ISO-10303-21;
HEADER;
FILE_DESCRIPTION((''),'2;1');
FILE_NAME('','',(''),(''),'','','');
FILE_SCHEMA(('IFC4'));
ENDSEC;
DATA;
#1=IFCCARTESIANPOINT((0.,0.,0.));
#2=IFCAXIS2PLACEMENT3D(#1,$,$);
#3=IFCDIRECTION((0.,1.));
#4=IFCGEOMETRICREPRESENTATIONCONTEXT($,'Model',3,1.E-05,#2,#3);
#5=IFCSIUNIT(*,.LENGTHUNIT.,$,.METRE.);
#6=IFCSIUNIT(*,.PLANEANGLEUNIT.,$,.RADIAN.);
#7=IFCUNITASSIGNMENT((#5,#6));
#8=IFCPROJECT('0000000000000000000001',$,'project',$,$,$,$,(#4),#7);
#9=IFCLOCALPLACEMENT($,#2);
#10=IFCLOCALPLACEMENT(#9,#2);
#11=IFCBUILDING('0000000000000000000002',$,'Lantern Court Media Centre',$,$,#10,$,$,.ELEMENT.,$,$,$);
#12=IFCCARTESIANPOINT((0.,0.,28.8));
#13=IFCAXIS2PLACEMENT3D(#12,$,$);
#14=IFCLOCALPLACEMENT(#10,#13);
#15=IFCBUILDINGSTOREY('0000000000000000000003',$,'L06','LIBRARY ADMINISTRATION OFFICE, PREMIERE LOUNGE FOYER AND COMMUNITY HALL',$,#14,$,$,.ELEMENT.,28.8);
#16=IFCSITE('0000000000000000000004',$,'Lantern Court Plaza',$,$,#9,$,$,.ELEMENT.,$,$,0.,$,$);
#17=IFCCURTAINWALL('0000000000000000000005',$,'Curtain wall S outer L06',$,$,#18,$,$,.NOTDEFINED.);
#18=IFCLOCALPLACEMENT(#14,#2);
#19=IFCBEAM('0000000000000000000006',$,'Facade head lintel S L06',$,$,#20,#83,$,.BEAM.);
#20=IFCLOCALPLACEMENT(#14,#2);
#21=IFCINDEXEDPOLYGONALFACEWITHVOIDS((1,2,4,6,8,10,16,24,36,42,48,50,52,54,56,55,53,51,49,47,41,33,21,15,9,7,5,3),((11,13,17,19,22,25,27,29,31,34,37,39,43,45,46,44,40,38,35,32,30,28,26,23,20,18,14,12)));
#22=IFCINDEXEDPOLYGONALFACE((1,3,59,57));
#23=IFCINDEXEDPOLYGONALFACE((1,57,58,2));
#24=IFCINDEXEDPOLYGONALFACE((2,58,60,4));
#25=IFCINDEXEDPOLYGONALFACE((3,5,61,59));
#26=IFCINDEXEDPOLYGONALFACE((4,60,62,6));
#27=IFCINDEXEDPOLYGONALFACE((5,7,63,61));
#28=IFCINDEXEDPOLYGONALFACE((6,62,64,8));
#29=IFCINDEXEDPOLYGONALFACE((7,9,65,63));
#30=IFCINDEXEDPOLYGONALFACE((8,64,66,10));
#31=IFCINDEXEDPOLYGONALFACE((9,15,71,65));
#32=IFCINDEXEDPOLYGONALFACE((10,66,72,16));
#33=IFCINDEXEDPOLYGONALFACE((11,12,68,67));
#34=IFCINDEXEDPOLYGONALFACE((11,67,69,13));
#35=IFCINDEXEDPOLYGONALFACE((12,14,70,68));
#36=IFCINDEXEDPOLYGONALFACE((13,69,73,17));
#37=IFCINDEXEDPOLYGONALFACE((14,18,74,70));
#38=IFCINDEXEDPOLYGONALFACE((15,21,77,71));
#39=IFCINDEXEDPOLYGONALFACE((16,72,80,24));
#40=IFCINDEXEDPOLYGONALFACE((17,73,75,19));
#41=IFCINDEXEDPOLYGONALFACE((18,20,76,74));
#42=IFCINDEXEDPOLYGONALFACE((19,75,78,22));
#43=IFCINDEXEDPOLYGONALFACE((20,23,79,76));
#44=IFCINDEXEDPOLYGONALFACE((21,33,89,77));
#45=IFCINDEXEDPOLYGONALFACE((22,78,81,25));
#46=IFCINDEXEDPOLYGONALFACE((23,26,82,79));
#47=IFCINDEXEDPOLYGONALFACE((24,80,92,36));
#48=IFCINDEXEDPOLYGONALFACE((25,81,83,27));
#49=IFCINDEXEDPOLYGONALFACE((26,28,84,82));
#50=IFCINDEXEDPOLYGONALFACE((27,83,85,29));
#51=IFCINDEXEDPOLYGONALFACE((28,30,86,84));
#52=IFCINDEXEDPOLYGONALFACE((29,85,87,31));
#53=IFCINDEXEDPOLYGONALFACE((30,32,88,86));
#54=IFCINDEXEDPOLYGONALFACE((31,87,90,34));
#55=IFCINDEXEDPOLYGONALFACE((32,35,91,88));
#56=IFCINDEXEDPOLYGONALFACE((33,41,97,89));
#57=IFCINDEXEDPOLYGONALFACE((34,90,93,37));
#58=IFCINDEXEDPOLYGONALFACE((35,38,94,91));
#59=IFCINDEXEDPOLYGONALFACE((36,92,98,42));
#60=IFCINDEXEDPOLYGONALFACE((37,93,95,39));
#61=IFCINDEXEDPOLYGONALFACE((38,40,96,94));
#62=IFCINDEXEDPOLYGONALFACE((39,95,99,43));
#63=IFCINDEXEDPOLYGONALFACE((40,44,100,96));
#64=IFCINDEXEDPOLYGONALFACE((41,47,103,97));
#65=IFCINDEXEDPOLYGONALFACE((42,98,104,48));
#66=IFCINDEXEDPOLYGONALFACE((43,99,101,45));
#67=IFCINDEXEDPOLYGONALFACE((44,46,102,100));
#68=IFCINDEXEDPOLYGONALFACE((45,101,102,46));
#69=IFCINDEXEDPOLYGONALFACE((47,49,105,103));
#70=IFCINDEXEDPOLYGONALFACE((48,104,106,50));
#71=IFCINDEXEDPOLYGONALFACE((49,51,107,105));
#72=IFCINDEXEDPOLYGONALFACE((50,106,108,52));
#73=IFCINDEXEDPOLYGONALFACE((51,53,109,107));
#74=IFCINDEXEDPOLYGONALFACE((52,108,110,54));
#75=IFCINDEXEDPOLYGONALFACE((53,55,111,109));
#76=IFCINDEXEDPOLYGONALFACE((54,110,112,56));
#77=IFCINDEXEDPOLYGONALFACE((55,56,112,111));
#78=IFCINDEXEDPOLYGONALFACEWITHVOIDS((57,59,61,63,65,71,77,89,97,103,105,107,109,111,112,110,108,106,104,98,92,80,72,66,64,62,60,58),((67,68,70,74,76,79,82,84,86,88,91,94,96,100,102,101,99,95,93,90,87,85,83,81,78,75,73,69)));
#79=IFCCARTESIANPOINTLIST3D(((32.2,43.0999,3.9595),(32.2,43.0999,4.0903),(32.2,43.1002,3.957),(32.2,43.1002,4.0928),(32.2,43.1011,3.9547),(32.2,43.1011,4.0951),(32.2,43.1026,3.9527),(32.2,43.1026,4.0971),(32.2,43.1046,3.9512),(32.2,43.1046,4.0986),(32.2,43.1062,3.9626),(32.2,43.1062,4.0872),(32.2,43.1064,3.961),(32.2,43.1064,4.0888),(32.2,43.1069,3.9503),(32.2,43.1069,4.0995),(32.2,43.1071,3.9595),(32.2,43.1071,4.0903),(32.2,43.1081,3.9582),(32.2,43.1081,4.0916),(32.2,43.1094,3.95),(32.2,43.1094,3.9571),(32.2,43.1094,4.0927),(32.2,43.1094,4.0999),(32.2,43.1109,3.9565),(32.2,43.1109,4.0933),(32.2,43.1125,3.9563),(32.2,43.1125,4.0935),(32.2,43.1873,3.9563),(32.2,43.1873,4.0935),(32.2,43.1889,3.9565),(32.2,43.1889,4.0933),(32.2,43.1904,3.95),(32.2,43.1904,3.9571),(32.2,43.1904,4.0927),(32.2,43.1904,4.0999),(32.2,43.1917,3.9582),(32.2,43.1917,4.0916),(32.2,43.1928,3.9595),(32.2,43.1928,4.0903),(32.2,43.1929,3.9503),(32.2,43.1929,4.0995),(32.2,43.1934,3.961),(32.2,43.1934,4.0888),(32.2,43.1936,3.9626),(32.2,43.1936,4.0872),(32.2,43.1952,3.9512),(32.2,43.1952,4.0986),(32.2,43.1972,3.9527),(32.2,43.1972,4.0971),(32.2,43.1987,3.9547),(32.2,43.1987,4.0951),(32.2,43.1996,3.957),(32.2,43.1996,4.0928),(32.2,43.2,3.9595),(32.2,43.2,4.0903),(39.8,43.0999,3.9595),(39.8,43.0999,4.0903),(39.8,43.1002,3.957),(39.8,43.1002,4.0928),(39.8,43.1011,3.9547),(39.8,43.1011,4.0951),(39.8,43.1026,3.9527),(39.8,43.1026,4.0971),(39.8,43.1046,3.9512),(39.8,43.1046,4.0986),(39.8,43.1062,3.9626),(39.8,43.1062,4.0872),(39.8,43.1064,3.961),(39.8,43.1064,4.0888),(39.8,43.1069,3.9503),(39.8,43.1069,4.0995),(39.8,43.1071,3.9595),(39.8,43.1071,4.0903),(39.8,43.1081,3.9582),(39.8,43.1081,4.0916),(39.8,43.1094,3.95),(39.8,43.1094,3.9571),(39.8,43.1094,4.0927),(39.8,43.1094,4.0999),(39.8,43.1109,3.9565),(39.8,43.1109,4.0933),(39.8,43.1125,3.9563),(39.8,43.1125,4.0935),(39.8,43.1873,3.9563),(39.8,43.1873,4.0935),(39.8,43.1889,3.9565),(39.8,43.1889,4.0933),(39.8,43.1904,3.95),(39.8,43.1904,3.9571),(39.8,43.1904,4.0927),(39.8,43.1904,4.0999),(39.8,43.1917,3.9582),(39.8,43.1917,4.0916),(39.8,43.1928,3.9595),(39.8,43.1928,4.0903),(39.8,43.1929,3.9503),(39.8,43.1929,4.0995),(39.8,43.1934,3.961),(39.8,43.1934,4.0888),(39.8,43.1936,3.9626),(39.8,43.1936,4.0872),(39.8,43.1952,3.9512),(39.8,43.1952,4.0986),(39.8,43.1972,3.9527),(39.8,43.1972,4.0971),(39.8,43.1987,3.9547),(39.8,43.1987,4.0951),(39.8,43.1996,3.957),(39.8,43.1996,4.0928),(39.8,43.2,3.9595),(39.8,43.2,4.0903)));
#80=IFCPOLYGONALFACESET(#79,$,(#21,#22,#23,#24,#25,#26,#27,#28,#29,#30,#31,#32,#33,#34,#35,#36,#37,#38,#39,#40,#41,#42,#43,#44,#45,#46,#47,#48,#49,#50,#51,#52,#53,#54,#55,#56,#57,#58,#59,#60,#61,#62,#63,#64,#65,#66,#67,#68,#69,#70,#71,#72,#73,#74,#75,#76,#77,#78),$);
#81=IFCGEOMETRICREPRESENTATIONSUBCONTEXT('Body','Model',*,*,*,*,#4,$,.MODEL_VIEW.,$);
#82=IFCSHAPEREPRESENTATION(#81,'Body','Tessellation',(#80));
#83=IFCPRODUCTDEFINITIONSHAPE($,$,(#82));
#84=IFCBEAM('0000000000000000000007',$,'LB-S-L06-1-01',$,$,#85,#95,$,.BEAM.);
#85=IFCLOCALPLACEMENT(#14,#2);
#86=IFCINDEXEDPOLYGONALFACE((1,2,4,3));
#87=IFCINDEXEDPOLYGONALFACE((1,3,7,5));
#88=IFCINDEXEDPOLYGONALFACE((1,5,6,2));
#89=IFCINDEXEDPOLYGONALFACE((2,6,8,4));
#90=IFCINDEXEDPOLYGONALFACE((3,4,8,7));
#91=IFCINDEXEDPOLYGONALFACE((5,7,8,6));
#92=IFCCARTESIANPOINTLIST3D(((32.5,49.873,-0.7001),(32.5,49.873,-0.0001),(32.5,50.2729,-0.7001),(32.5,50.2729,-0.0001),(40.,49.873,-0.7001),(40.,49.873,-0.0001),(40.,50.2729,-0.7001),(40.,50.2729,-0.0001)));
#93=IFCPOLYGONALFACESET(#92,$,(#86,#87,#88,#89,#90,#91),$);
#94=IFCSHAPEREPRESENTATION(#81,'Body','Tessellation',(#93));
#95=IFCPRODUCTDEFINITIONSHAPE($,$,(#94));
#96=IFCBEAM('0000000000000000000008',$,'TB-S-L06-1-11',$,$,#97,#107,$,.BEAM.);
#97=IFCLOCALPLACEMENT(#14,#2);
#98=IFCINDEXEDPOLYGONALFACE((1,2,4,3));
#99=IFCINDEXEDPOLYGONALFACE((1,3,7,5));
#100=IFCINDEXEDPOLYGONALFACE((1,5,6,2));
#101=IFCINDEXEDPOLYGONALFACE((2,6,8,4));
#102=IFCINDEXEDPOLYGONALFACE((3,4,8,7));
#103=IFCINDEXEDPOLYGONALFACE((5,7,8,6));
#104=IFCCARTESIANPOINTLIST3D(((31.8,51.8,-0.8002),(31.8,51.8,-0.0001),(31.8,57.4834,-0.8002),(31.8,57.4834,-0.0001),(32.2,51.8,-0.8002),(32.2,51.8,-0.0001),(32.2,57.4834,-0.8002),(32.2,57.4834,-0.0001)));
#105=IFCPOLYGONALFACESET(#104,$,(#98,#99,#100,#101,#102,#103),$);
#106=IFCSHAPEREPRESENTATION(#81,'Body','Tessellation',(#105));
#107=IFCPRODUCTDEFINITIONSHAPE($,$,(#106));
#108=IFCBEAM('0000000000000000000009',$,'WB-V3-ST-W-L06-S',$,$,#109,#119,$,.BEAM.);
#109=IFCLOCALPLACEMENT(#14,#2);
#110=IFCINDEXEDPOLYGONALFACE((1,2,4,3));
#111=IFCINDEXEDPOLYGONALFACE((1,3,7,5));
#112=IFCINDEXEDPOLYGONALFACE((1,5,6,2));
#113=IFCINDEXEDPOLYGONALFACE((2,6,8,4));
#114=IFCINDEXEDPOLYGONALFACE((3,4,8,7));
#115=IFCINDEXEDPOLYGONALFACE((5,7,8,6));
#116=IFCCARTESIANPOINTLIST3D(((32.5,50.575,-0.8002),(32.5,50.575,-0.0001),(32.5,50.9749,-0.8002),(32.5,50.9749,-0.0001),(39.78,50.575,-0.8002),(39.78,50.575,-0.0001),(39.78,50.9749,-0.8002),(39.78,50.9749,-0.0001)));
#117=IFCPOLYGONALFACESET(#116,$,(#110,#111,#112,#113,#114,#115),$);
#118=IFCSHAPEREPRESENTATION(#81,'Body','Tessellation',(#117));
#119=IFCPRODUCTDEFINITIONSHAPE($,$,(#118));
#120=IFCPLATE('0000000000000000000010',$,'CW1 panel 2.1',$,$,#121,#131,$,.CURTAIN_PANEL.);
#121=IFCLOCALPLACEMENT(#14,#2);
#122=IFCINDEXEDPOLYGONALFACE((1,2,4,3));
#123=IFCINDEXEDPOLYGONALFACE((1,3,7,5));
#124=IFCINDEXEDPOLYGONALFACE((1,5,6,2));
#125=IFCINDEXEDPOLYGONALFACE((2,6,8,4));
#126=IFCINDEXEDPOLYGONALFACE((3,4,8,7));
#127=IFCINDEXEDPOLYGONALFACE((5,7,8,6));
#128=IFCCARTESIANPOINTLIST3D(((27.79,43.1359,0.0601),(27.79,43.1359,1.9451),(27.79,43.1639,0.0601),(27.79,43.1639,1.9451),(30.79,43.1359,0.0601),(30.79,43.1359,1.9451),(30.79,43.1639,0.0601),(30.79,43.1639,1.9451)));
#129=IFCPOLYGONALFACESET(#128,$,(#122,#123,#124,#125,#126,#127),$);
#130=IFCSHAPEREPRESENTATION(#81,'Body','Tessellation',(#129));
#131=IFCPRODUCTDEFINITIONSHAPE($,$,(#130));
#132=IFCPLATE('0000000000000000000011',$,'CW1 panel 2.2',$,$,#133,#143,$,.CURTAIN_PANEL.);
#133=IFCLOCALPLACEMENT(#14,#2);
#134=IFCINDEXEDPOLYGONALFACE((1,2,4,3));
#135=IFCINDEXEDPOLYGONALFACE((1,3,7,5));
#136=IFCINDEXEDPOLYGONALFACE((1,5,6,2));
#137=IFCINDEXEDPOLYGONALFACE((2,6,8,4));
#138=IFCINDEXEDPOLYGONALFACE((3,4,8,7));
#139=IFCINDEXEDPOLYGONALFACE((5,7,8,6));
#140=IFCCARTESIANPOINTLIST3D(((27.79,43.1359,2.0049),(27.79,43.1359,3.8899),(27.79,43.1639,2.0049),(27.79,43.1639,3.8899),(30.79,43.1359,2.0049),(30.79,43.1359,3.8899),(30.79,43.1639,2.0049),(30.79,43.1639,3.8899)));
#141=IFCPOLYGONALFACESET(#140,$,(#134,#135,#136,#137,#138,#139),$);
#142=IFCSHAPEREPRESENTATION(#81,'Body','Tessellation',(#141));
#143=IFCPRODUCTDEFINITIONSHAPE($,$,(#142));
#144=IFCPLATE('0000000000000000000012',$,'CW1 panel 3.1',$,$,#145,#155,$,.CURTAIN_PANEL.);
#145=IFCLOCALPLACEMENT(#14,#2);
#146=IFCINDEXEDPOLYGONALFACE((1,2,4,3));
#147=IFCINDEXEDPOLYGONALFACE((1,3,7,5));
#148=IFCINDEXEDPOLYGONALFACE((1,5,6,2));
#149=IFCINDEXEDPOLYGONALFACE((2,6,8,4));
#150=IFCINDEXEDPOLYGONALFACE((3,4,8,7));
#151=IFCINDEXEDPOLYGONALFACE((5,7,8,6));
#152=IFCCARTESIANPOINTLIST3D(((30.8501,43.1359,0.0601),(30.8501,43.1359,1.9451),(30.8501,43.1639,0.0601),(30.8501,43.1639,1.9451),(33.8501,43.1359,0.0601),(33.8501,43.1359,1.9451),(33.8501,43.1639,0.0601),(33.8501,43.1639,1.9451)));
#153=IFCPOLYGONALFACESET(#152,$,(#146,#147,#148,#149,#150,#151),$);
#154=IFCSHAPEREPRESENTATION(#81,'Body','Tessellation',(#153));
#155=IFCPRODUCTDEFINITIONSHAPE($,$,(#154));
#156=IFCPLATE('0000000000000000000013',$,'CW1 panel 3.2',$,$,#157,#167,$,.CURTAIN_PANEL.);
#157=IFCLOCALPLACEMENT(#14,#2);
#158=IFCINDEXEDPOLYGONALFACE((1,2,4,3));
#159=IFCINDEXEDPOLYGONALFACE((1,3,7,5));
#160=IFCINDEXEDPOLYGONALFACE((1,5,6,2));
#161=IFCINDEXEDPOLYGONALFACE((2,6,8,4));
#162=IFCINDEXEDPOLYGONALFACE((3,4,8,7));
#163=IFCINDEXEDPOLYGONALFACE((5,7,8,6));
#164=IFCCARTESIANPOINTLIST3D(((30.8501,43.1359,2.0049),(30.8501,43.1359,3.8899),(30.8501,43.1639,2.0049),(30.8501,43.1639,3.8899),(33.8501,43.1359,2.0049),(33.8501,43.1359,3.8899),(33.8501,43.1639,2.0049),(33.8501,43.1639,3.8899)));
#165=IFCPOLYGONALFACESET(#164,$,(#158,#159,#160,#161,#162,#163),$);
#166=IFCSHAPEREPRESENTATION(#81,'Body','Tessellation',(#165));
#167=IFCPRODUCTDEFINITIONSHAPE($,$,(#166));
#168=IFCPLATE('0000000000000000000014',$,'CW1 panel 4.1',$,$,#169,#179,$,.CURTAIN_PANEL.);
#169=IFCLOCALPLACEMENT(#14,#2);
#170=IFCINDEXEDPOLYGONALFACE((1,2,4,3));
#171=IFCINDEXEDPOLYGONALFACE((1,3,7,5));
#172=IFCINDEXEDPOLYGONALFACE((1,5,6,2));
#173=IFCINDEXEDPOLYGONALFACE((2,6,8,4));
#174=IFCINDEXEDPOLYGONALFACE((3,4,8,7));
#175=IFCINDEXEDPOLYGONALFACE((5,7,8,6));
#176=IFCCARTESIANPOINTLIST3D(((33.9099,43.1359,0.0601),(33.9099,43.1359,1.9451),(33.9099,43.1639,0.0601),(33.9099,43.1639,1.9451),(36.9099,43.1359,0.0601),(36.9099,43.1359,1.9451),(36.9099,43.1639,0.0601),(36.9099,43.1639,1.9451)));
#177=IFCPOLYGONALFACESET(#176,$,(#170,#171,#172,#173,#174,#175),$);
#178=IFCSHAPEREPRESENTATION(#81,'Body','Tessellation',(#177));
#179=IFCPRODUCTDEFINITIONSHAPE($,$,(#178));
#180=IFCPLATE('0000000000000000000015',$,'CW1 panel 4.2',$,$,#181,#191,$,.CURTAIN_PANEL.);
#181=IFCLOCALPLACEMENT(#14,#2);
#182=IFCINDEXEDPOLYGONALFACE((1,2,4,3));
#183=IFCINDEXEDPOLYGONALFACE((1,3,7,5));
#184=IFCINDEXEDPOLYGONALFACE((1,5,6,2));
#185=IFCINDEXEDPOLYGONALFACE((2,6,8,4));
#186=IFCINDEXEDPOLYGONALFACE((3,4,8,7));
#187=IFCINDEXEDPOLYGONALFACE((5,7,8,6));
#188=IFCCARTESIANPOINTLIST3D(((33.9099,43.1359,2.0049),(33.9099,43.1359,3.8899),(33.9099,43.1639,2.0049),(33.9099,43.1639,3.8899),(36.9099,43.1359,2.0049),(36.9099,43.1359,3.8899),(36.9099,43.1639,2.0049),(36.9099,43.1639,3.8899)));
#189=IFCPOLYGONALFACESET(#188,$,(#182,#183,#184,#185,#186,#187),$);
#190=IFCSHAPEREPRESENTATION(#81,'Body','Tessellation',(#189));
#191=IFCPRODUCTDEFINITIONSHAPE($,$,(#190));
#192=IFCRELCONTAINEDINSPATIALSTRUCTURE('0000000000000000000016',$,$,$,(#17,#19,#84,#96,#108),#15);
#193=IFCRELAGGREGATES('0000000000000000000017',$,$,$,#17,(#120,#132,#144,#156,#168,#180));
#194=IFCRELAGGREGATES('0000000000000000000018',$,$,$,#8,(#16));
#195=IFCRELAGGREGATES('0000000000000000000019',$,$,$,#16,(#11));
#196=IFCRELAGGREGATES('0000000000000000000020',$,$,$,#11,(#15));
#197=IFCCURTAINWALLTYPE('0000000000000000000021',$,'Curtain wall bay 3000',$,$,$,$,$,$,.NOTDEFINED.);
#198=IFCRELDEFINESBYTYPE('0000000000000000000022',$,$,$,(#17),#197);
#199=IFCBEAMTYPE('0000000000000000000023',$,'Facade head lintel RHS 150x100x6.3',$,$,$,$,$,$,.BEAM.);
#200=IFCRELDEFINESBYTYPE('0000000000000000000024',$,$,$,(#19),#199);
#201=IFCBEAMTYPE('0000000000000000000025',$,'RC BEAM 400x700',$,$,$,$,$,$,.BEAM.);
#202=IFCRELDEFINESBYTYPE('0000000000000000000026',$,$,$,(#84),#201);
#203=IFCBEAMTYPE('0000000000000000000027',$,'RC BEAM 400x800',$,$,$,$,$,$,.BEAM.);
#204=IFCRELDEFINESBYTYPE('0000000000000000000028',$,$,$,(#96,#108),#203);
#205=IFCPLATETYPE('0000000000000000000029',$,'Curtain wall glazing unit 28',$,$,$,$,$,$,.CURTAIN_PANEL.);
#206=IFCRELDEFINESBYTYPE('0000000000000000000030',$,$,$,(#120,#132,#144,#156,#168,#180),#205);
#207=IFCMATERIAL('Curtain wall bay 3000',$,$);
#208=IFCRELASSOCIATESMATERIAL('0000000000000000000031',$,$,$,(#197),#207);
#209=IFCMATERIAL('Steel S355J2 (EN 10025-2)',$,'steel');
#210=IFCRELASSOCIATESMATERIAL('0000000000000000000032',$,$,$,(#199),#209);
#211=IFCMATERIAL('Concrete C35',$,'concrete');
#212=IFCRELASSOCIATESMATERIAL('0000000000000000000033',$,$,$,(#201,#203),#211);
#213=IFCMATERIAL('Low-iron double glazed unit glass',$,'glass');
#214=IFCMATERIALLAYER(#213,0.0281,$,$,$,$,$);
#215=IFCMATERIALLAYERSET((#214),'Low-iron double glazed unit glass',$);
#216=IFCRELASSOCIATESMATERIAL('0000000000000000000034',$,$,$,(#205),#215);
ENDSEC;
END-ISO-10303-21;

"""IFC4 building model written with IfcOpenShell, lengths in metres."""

from ifc_helpers import new_model, si_unit, direction, frame, origin, origin_2d, place, context, subcontext, project, spatial, rectangle, hollow_rectangle, extrude, material, layer, layer_set, material_profile, profile_set, type_object, element, aggregate, save


model = new_model("IFC4")

# Units and contexts
model_context = context("Model", 3, precision=1e-05, world=origin(), true_north=direction((0.0, 1.0)))
body_context = subcontext(model_context, "Body", "Model", "MODEL_VIEW")
ifc_project = project(units=[si_unit("LENGTHUNIT", "METRE"), si_unit("PLANEANGLEUNIT", "RADIAN")], contexts=[model_context])

# Site, building, storey
site_placement = place(None, origin())
site = spatial("IfcSite", under=ifc_project, at=site_placement, Name="Lantern Court Plaza", CompositionType="ELEMENT", RefElevation=0.0)
building_placement = place(site_placement, origin())
building = spatial("IfcBuilding", under=site, at=building_placement, Name="Lantern Court Media Centre", CompositionType="ELEMENT")
storey_placement = place(building_placement, frame((0.0, 0.0, 28.8)))
storey = spatial("IfcBuildingStorey", under=building, at=storey_placement, Name="L06", Description="LIBRARY ADMINISTRATION OFFICE, PREMIERE LOUNGE FOYER AND COMMUNITY HALL", CompositionType="ELEMENT", Elevation=28.8)

# Shared definitions
ifc_material_1 = material(Name="Concrete C35", Category="concrete")

# Curtain wall
ifc_material_2 = material(Name="Curtain wall bay 3000")
curtain_wall_type = type_object("IfcCurtainWallType", Name="Curtain wall bay 3000", PredefinedType="NOTDEFINED", material=ifc_material_2)
curtain_wall_placement = place(storey_placement, origin())
curtain_wall = element("IfcCurtainWall", 1, at=curtain_wall_placement, inside=storey, type_object=curtain_wall_type, Name="Curtain wall S outer L06", PredefinedType="NOTDEFINED")

# Beams
ifc_material_3 = material(Name="Steel S355J2 (EN 10025-2)", Category="steel")
ifc_material_profile_1 = material_profile(ifc_material_3, hollow_rectangle(XDim=0.1001, YDim=0.1499, WallThickness=0.0063, InnerFilletRadius=0.0063, OuterFilletRadius=0.0095, at=origin_2d()), Name="Facade head lintel RHS 150x100x6.3")
ifc_profile_set_1 = profile_set([ifc_material_profile_1], Name="Steel S355J2 (EN 10025-2)")
beam_type_1 = type_object("IfcBeamType", Name="Facade head lintel RHS 150x100x6.3", PredefinedType="BEAM", material=ifc_profile_set_1)
beam_1_placement = place(storey_placement, frame((32.2, 43.1499, 4.0249), z_axis=(1.0, 0.0, 0.0), x_axis=(0.0, 1.0, 0.0)))
element("IfcBeam", 2, at=beam_1_placement, inside=storey, type_object=beam_type_1, Name="Facade head lintel S L06", PredefinedType="BEAM", context=body_context, shape_type="SweptSolid", body=[
    extrude(hollow_rectangle(XDim=0.1001, YDim=0.1499, WallThickness=0.0063, InnerFilletRadius=0.0063, OuterFilletRadius=0.0095, at=origin_2d()), origin(), (0.0, 0.0, 1.0), 7.6001),
])
ifc_material_profile_2 = material_profile(ifc_material_1, rectangle(XDim=0.3999, YDim=0.7, at=origin_2d()), Name="RC 400x700")
ifc_profile_set_2 = profile_set([ifc_material_profile_2], Name="Concrete C35")
beam_type_2 = type_object("IfcBeamType", Name="RC BEAM 400x700", PredefinedType="BEAM", material=ifc_profile_set_2)
beam_2_placement = place(storey_placement, frame((32.5, 50.073, -0.3501), z_axis=(1.0, 0.0, 0.0), x_axis=(0.0, 1.0, 0.0)))
element("IfcBeam", 3, at=beam_2_placement, inside=storey, type_object=beam_type_2, Name="LB-S-L06-1-01", PredefinedType="BEAM", context=body_context, shape_type="SweptSolid", body=[
    extrude(rectangle(XDim=0.3999, YDim=0.7, at=origin_2d()), origin(), (0.0, 0.0, 1.0), 7.5),
])
ifc_material_profile_3 = material_profile(ifc_material_1, rectangle(XDim=0.3999, YDim=0.8, at=origin_2d()), Name="RC 400x800")
ifc_profile_set_3 = profile_set([ifc_material_profile_3], Name="Concrete C35")
beam_type_3 = type_object("IfcBeamType", Name="RC BEAM 400x800", PredefinedType="BEAM", material=ifc_profile_set_3)
beam_3_placement = place(storey_placement, frame((32.0, 51.8, -0.4001), z_axis=(0.0, 1.0, 0.0), x_axis=(-1.0, 0.0, 0.0)))
element("IfcBeam", 4, at=beam_3_placement, inside=storey, type_object=beam_type_3, Name="TB-S-L06-1-11", PredefinedType="BEAM", context=body_context, shape_type="SweptSolid", body=[
    extrude(rectangle(XDim=0.3999, YDim=0.8, at=origin_2d()), origin(), (0.0, 0.0, 1.0), 5.6833),
])
beam_4_placement = place(storey_placement, frame((32.5, 50.7749, -0.4001), z_axis=(1.0, 0.0, 0.0), x_axis=(0.0, 1.0, 0.0)))
element("IfcBeam", 5, at=beam_4_placement, inside=storey, type_object=beam_type_3, Name="WB-V3-ST-W-L06-S", PredefinedType="BEAM", context=body_context, shape_type="SweptSolid", body=[
    extrude(rectangle(XDim=0.3999, YDim=0.8, at=origin_2d()), origin(), (0.0, 0.0, 1.0), 7.28),
])

# Plates
ifc_material_4 = material(Name="Low-iron double glazed unit glass", Category="glass")
ifc_layer_1 = layer(ifc_material_4, 0.0281)
ifc_layer_set_1 = layer_set([ifc_layer_1], Name="Low-iron double glazed unit glass")
plate_type = type_object("IfcPlateType", Name="Curtain wall glazing unit 28", PredefinedType="CURTAIN_PANEL", material=ifc_layer_set_1)
plate_1_placement = place(storey_placement, frame((29.29, 43.1499, 0.0601), z_axis=(0.0, 0.0, 1.0), x_axis=(1.0, 0.0, 0.0)))
plate_1 = element("IfcPlate", 6, at=plate_1_placement, type_object=plate_type, Name="CW1 panel 2.1", PredefinedType="CURTAIN_PANEL", context=body_context, shape_type="SweptSolid", body=[
    extrude(rectangle(XDim=3.0, YDim=0.0281, at=origin_2d()), origin(), (0.0, 0.0, 1.0), 1.885),
])
plate_2_placement = place(storey_placement, frame((29.29, 43.1499, 2.0049), z_axis=(0.0, 0.0, 1.0), x_axis=(1.0, 0.0, 0.0)))
plate_2 = element("IfcPlate", 7, at=plate_2_placement, type_object=plate_type, Name="CW1 panel 2.2", PredefinedType="CURTAIN_PANEL", context=body_context, shape_type="SweptSolid", body=[
    extrude(rectangle(XDim=3.0, YDim=0.0281, at=origin_2d()), origin(), (0.0, 0.0, 1.0), 1.885),
])
plate_3_placement = place(storey_placement, frame((32.3501, 43.1499, 0.0601), z_axis=(0.0, 0.0, 1.0), x_axis=(1.0, 0.0, 0.0)))
plate_3 = element("IfcPlate", 8, at=plate_3_placement, type_object=plate_type, Name="CW1 panel 3.1", PredefinedType="CURTAIN_PANEL", context=body_context, shape_type="SweptSolid", body=[
    extrude(rectangle(XDim=3.0, YDim=0.0281, at=origin_2d()), origin(), (0.0, 0.0, 1.0), 1.885),
])
plate_4_placement = place(storey_placement, frame((32.3501, 43.1499, 2.0049), z_axis=(0.0, 0.0, 1.0), x_axis=(1.0, 0.0, 0.0)))
plate_4 = element("IfcPlate", 9, at=plate_4_placement, type_object=plate_type, Name="CW1 panel 3.2", PredefinedType="CURTAIN_PANEL", context=body_context, shape_type="SweptSolid", body=[
    extrude(rectangle(XDim=3.0, YDim=0.0281, at=origin_2d()), origin(), (0.0, 0.0, 1.0), 1.885),
])
plate_5_placement = place(storey_placement, frame((35.4099, 43.1499, 0.0601), z_axis=(0.0, 0.0, 1.0), x_axis=(1.0, 0.0, 0.0)))
plate_5 = element("IfcPlate", 10, at=plate_5_placement, type_object=plate_type, Name="CW1 panel 4.1", PredefinedType="CURTAIN_PANEL", context=body_context, shape_type="SweptSolid", body=[
    extrude(rectangle(XDim=3.0, YDim=0.0281, at=origin_2d()), origin(), (0.0, 0.0, 1.0), 1.885),
])
plate_6_placement = place(storey_placement, frame((35.4099, 43.1499, 2.0049), z_axis=(0.0, 0.0, 1.0), x_axis=(1.0, 0.0, 0.0)))
plate_6 = element("IfcPlate", 11, at=plate_6_placement, type_object=plate_type, Name="CW1 panel 4.2", PredefinedType="CURTAIN_PANEL", context=body_context, shape_type="SweptSolid", body=[
    extrude(rectangle(XDim=3.0, YDim=0.0281, at=origin_2d()), origin(), (0.0, 0.0, 1.0), 1.885),
])
aggregate(curtain_wall, [plate_1, plate_2, plate_3, plate_4, plate_5, plate_6])

save(model, "model.ifc")
